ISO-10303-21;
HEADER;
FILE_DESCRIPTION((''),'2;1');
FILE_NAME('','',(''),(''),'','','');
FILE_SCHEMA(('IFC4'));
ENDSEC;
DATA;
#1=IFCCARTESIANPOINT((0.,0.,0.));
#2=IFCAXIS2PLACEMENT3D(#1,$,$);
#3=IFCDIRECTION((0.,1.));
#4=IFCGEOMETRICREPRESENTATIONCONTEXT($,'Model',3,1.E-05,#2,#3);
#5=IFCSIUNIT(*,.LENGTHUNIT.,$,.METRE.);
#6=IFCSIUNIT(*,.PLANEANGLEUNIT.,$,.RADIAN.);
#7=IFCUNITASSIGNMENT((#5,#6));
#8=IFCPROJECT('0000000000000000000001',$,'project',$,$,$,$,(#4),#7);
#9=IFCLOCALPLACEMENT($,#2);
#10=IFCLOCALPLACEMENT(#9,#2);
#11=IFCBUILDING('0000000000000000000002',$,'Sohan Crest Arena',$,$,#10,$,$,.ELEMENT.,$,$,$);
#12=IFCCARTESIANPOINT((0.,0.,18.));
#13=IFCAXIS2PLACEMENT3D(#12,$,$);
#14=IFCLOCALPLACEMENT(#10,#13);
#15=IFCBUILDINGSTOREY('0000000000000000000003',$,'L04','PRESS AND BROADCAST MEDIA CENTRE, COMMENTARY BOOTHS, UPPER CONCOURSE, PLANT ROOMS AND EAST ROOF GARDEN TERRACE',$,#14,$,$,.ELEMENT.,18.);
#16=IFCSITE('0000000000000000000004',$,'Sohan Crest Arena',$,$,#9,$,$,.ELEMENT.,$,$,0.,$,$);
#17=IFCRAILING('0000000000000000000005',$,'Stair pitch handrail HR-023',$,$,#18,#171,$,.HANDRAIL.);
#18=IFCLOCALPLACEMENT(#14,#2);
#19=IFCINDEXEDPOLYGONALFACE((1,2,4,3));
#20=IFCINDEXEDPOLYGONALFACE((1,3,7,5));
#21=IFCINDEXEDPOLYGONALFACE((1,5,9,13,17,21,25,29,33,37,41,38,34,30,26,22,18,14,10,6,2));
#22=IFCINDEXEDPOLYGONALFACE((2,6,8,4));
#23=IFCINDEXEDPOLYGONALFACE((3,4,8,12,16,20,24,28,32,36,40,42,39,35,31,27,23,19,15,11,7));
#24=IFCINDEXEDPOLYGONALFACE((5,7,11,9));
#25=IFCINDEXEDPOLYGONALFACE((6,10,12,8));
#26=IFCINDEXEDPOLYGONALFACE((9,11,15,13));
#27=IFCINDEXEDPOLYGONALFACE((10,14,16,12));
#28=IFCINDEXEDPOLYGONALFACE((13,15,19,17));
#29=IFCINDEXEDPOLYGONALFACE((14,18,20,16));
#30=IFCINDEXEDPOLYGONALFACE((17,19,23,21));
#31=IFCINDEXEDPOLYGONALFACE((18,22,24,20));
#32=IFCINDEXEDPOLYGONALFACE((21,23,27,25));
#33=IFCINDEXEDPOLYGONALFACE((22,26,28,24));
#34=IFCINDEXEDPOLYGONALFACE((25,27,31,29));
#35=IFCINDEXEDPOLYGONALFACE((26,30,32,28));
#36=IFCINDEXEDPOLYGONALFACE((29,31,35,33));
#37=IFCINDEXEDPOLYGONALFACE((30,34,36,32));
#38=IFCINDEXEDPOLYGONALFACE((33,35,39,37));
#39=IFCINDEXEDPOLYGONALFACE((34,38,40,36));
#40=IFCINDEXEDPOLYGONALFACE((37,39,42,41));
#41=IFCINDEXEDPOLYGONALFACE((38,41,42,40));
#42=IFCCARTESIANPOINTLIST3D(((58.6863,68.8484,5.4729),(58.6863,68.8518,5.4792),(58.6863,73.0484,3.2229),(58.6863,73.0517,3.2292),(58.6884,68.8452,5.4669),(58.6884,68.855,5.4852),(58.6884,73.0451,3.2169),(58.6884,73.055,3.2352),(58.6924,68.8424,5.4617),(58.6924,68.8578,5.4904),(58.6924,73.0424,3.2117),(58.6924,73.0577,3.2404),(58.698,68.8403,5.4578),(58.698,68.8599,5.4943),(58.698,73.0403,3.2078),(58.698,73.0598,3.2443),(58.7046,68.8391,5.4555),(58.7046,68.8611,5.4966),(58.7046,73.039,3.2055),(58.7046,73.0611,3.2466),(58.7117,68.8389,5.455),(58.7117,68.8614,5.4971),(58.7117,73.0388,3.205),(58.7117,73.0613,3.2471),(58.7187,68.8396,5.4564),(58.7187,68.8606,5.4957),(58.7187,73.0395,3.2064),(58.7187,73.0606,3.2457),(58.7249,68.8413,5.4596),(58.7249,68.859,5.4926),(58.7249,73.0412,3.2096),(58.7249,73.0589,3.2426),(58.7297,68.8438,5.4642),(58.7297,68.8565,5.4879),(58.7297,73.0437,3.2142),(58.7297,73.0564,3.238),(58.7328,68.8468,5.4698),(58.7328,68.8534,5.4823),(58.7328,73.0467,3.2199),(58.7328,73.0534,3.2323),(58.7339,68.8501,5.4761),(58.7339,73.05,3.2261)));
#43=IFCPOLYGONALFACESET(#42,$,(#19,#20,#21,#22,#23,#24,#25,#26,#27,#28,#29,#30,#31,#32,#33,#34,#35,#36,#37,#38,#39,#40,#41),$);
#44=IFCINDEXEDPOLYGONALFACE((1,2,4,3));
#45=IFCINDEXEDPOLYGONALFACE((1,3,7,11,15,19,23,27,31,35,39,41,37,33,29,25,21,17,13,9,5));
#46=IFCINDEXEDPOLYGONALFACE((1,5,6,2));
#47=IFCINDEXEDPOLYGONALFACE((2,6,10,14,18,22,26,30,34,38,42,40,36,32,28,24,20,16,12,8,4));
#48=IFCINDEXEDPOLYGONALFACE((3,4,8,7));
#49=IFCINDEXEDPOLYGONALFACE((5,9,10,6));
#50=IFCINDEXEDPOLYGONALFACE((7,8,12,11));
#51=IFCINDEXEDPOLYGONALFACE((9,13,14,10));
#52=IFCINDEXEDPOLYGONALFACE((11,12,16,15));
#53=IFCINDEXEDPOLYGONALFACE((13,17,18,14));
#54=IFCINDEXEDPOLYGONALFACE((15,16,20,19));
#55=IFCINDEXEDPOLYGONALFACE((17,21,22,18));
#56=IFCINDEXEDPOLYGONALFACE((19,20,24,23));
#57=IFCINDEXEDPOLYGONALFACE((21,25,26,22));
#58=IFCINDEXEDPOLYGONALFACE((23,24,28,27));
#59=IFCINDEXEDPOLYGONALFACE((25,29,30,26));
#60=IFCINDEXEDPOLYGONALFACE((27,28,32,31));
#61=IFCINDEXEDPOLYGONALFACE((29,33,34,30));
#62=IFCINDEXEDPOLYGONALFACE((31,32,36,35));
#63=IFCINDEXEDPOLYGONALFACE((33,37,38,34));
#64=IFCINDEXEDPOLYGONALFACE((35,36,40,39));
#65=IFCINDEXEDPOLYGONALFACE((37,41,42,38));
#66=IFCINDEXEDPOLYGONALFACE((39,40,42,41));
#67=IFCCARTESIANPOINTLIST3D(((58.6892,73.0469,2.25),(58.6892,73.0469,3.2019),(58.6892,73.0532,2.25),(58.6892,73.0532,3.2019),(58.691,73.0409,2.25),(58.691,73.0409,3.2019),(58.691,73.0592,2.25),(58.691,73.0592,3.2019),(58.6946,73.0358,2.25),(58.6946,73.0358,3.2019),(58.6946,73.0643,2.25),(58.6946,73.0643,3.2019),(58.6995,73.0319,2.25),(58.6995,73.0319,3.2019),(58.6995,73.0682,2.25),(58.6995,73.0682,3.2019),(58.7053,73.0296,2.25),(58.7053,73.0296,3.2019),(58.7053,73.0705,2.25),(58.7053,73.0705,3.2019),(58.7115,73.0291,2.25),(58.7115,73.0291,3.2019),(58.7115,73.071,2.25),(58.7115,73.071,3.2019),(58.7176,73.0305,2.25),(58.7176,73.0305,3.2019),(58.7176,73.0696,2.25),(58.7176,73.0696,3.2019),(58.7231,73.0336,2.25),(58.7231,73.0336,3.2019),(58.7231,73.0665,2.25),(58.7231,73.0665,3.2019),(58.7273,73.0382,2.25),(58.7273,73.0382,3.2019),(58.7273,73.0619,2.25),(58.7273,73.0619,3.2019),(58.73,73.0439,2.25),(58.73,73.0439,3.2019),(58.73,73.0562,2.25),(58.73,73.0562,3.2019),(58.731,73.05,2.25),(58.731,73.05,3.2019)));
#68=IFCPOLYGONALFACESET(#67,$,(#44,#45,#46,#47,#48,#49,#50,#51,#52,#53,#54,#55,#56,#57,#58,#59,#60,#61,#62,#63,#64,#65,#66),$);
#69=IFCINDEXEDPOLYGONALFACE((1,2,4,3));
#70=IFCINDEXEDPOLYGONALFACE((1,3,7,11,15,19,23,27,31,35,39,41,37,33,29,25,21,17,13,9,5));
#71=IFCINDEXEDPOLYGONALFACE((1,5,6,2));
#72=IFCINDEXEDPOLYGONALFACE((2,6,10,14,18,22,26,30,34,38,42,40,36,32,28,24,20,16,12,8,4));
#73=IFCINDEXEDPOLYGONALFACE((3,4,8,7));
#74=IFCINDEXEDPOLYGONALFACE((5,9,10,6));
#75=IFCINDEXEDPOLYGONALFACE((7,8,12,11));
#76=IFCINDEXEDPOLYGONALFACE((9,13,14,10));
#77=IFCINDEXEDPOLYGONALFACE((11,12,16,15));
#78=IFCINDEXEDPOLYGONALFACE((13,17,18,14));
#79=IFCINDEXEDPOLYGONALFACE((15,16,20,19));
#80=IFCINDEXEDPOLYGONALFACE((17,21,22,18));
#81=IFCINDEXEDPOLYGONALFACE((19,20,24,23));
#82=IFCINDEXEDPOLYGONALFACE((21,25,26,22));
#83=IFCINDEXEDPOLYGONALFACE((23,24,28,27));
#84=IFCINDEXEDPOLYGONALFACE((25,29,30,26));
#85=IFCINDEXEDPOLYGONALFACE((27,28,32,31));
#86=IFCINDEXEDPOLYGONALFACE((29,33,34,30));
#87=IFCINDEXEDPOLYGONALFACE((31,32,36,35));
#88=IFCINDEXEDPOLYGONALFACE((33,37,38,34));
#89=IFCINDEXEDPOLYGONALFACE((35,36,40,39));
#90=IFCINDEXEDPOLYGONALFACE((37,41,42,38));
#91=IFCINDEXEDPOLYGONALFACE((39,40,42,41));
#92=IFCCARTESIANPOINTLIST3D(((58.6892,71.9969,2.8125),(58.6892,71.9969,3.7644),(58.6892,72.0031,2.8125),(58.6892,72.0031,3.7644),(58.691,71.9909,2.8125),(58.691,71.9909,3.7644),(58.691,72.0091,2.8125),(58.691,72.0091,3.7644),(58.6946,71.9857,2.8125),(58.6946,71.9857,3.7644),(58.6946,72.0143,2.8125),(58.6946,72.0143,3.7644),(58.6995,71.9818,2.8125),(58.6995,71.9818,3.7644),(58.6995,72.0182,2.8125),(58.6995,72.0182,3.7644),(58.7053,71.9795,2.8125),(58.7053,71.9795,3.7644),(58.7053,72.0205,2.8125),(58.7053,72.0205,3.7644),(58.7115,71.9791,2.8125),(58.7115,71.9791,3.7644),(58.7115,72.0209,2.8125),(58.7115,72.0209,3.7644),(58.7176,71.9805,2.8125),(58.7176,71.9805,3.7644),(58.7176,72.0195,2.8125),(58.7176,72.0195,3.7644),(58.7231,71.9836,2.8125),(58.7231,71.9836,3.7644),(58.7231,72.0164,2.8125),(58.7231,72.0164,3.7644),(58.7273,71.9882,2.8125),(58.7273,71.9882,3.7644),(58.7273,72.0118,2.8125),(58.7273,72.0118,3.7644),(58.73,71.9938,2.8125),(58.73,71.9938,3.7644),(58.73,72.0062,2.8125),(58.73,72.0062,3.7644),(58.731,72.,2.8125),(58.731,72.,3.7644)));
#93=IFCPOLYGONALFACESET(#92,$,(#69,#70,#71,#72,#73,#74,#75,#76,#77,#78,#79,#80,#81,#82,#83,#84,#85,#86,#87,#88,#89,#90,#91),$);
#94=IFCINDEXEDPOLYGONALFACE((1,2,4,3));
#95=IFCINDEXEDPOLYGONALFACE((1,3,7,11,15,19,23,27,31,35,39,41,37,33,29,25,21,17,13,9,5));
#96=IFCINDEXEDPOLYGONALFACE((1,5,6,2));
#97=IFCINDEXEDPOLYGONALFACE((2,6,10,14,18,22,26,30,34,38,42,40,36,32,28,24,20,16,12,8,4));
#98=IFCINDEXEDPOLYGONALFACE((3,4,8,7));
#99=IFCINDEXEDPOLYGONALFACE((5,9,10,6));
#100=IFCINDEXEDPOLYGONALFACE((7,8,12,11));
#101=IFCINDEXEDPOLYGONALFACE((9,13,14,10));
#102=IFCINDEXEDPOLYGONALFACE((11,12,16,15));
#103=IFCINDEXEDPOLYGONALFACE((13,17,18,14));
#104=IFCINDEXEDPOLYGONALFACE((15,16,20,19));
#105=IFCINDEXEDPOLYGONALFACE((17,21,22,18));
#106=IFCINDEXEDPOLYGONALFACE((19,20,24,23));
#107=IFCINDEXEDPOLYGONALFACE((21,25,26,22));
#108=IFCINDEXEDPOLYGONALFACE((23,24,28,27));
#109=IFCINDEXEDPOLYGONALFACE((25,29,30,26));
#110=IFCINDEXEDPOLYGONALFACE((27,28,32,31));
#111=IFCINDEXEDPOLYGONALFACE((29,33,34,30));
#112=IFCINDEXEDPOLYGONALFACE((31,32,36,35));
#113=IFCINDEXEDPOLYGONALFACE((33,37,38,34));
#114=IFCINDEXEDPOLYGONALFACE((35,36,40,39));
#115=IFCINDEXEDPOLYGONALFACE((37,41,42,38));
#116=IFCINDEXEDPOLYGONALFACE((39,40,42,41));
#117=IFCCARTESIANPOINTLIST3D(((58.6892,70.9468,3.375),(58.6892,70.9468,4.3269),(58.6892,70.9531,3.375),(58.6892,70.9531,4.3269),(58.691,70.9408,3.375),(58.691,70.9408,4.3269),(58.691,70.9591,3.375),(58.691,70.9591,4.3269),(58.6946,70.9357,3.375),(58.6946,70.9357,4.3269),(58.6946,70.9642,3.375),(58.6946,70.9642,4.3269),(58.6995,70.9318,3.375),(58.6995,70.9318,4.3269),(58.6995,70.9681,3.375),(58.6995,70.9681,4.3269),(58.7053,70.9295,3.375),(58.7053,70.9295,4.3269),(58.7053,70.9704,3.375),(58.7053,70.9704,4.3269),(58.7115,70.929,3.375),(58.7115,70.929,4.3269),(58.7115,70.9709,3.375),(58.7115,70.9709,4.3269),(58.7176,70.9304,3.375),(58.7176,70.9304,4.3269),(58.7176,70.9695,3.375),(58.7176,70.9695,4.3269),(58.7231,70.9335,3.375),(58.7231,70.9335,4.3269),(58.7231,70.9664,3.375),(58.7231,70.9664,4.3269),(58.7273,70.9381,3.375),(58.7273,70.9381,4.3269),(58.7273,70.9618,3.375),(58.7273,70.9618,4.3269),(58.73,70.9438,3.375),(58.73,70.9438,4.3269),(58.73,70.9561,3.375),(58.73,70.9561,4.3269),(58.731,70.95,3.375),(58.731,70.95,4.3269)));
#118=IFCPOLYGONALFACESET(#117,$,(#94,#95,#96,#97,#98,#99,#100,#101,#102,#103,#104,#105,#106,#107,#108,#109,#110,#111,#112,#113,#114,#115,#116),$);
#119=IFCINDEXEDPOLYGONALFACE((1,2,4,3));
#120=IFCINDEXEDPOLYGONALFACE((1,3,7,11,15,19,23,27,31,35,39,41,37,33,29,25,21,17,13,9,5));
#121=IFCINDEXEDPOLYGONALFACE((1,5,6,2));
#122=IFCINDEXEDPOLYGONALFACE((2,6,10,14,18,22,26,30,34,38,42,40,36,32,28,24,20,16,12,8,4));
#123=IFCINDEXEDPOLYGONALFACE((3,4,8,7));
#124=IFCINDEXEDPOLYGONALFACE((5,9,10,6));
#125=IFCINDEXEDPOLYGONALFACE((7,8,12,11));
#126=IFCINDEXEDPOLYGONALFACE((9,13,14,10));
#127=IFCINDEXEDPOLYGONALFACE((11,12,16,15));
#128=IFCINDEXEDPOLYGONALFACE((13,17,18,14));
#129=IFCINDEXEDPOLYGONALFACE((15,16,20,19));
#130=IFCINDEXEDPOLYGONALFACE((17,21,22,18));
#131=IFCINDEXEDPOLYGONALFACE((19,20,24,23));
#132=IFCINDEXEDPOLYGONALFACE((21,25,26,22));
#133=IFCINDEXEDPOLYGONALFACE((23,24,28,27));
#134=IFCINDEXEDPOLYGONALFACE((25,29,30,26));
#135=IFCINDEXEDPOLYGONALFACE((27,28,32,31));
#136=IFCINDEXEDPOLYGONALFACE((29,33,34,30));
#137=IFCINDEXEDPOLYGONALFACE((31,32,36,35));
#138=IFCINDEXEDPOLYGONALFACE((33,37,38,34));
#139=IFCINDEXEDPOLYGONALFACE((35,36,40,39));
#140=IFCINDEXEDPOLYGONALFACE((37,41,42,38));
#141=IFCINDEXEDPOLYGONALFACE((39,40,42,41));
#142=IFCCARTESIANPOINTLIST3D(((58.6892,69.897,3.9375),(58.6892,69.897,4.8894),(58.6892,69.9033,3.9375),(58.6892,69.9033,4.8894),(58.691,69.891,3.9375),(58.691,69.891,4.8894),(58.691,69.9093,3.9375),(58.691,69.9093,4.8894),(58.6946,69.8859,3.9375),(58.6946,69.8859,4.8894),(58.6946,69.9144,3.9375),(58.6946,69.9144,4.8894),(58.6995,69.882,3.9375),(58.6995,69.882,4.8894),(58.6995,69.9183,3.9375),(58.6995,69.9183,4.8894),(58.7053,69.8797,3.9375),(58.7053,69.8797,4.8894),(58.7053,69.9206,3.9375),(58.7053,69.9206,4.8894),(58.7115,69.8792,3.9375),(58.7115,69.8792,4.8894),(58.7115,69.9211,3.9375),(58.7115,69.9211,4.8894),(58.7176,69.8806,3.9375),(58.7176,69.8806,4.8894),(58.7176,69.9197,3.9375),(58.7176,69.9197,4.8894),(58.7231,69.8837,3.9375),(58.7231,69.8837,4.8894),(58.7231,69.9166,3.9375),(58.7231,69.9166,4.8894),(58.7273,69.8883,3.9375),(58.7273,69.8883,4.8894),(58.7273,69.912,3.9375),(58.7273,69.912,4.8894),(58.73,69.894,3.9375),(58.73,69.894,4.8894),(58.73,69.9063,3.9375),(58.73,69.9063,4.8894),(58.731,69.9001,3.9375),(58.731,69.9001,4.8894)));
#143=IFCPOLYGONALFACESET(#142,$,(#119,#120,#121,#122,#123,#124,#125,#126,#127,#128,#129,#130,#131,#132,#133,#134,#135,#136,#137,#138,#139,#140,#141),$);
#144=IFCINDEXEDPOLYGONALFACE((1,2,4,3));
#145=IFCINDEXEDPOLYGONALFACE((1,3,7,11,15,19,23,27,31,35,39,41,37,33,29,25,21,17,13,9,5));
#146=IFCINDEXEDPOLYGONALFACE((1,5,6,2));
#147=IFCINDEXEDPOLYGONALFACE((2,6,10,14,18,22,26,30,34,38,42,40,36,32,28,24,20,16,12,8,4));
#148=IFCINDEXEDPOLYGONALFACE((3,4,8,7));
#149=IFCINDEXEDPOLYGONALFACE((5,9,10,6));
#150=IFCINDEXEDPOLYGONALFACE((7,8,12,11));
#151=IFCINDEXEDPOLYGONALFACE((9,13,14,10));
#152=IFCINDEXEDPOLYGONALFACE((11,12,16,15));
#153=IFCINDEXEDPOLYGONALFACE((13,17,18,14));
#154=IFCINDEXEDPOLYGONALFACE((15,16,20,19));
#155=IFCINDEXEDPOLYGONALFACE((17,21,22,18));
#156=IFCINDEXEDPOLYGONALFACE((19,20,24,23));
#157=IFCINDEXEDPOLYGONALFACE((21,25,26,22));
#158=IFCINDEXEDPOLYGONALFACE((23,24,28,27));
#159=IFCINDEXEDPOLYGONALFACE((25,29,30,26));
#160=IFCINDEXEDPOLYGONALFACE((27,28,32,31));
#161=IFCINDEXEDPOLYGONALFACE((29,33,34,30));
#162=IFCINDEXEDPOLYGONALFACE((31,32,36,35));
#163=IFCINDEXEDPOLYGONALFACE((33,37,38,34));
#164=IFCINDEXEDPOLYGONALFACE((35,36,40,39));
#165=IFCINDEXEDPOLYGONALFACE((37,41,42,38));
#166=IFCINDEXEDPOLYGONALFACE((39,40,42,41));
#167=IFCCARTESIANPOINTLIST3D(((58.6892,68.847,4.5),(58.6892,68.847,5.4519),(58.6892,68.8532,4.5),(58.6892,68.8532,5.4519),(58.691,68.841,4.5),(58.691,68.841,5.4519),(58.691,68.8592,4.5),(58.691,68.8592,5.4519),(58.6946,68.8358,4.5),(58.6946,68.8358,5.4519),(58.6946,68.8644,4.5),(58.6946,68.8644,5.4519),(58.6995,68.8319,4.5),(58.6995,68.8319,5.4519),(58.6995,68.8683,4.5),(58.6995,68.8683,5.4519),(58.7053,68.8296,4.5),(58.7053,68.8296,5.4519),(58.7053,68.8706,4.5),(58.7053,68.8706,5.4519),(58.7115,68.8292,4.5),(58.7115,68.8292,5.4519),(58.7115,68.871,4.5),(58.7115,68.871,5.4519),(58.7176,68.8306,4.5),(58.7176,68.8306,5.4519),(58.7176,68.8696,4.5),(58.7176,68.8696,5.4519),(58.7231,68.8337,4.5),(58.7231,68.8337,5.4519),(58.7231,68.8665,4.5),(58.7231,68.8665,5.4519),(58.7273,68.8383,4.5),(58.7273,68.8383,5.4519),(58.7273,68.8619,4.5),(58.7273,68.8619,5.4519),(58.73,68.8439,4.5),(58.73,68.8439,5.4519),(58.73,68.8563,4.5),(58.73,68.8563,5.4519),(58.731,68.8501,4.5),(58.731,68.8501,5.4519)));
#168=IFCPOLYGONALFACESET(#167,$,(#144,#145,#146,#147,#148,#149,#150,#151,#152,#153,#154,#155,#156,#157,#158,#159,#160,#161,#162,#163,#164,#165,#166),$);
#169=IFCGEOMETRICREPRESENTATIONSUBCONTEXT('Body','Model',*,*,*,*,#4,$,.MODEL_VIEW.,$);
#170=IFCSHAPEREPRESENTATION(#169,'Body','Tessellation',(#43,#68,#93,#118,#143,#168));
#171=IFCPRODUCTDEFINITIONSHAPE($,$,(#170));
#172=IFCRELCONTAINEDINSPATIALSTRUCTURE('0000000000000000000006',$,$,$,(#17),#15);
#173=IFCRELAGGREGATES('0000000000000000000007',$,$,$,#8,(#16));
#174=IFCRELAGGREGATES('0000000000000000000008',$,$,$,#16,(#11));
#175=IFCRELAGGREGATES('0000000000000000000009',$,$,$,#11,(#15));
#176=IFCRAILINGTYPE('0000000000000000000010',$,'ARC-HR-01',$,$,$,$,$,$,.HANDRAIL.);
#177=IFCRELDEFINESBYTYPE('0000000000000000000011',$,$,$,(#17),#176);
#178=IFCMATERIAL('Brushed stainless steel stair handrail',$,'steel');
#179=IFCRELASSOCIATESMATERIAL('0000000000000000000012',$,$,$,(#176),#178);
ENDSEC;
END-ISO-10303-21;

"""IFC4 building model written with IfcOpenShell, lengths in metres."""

from ifc_helpers import new_model, si_unit, direction, frame, origin, origin_2d, place, context, subcontext, project, spatial, circle, extrude, material, type_object, element, save


model = new_model("IFC4")

# Units and contexts
model_context = context("Model", 3, precision=1e-05, world=origin(), true_north=direction((0.0, 1.0)))
body_context = subcontext(model_context, "Body", "Model", "MODEL_VIEW")
ifc_project = project(units=[si_unit("LENGTHUNIT", "METRE"), si_unit("PLANEANGLEUNIT", "RADIAN")], contexts=[model_context])

# Site, building, storey
site_placement = place(None, origin())
site = spatial("IfcSite", under=ifc_project, at=site_placement, Name="Sohan Crest Arena", CompositionType="ELEMENT", RefElevation=0.0)
building_placement = place(site_placement, origin())
building = spatial("IfcBuilding", under=site, at=building_placement, Name="Sohan Crest Arena", CompositionType="ELEMENT")
storey_placement = place(building_placement, frame((0.0, 0.0, 18.0)))
storey = spatial("IfcBuildingStorey", under=building, at=storey_placement, Name="L04", Description="PRESS AND BROADCAST MEDIA CENTRE, COMMENTARY BOOTHS, UPPER CONCOURSE, PLANT ROOMS AND EAST ROOF GARDEN TERRACE", CompositionType="ELEMENT", Elevation=18.0)

# Railing
ifc_material_1 = material(Name="Brushed stainless steel stair handrail", Category="steel")
railing_type_1 = type_object("IfcRailingType", Name="ARC-HR-01", PredefinedType="HANDRAIL", material=ifc_material_1)
for number, where, name in (
    (1, (58.71, 73.05, 2.25), "Stair pitch handrail HR-023"),
):
    element("IfcRailing", number, at=place(storey_placement, frame(where)), inside=storey, type_object=railing_type_1, Name=name, PredefinedType="HANDRAIL", context=body_context, shape_type="SweptSolid", body=[
        extrude(circle(Radius=0.0239, at=origin_2d()), frame((0.0, 0.0, 0.9761), z_axis=(0.0, -0.881478, 0.472226), x_axis=(1.0, 0.0, 0.0)), (0.0, 0.0, 1.0), 4.7646),
        extrude(circle(Radius=0.021, at=origin_2d()), origin(), (0.0, 0.0, 1.0), 0.9519),
        extrude(circle(Radius=0.021, at=origin_2d()), frame((0.0, -1.05, 0.5625)), (0.0, 0.0, 1.0), 0.9519),
        extrude(circle(Radius=0.021, at=origin_2d()), frame((0.0, -2.1001, 1.125)), (0.0, 0.0, 1.0), 0.9519),
        extrude(circle(Radius=0.021, at=origin_2d()), frame((0.0, -3.1499, 1.6875)), (0.0, 0.0, 1.0), 0.9519),
        extrude(circle(Radius=0.021, at=origin_2d()), frame((0.0, -4.2, 2.25)), (0.0, 0.0, 1.0), 0.9519),
    ])

save(model, "model.ifc")
